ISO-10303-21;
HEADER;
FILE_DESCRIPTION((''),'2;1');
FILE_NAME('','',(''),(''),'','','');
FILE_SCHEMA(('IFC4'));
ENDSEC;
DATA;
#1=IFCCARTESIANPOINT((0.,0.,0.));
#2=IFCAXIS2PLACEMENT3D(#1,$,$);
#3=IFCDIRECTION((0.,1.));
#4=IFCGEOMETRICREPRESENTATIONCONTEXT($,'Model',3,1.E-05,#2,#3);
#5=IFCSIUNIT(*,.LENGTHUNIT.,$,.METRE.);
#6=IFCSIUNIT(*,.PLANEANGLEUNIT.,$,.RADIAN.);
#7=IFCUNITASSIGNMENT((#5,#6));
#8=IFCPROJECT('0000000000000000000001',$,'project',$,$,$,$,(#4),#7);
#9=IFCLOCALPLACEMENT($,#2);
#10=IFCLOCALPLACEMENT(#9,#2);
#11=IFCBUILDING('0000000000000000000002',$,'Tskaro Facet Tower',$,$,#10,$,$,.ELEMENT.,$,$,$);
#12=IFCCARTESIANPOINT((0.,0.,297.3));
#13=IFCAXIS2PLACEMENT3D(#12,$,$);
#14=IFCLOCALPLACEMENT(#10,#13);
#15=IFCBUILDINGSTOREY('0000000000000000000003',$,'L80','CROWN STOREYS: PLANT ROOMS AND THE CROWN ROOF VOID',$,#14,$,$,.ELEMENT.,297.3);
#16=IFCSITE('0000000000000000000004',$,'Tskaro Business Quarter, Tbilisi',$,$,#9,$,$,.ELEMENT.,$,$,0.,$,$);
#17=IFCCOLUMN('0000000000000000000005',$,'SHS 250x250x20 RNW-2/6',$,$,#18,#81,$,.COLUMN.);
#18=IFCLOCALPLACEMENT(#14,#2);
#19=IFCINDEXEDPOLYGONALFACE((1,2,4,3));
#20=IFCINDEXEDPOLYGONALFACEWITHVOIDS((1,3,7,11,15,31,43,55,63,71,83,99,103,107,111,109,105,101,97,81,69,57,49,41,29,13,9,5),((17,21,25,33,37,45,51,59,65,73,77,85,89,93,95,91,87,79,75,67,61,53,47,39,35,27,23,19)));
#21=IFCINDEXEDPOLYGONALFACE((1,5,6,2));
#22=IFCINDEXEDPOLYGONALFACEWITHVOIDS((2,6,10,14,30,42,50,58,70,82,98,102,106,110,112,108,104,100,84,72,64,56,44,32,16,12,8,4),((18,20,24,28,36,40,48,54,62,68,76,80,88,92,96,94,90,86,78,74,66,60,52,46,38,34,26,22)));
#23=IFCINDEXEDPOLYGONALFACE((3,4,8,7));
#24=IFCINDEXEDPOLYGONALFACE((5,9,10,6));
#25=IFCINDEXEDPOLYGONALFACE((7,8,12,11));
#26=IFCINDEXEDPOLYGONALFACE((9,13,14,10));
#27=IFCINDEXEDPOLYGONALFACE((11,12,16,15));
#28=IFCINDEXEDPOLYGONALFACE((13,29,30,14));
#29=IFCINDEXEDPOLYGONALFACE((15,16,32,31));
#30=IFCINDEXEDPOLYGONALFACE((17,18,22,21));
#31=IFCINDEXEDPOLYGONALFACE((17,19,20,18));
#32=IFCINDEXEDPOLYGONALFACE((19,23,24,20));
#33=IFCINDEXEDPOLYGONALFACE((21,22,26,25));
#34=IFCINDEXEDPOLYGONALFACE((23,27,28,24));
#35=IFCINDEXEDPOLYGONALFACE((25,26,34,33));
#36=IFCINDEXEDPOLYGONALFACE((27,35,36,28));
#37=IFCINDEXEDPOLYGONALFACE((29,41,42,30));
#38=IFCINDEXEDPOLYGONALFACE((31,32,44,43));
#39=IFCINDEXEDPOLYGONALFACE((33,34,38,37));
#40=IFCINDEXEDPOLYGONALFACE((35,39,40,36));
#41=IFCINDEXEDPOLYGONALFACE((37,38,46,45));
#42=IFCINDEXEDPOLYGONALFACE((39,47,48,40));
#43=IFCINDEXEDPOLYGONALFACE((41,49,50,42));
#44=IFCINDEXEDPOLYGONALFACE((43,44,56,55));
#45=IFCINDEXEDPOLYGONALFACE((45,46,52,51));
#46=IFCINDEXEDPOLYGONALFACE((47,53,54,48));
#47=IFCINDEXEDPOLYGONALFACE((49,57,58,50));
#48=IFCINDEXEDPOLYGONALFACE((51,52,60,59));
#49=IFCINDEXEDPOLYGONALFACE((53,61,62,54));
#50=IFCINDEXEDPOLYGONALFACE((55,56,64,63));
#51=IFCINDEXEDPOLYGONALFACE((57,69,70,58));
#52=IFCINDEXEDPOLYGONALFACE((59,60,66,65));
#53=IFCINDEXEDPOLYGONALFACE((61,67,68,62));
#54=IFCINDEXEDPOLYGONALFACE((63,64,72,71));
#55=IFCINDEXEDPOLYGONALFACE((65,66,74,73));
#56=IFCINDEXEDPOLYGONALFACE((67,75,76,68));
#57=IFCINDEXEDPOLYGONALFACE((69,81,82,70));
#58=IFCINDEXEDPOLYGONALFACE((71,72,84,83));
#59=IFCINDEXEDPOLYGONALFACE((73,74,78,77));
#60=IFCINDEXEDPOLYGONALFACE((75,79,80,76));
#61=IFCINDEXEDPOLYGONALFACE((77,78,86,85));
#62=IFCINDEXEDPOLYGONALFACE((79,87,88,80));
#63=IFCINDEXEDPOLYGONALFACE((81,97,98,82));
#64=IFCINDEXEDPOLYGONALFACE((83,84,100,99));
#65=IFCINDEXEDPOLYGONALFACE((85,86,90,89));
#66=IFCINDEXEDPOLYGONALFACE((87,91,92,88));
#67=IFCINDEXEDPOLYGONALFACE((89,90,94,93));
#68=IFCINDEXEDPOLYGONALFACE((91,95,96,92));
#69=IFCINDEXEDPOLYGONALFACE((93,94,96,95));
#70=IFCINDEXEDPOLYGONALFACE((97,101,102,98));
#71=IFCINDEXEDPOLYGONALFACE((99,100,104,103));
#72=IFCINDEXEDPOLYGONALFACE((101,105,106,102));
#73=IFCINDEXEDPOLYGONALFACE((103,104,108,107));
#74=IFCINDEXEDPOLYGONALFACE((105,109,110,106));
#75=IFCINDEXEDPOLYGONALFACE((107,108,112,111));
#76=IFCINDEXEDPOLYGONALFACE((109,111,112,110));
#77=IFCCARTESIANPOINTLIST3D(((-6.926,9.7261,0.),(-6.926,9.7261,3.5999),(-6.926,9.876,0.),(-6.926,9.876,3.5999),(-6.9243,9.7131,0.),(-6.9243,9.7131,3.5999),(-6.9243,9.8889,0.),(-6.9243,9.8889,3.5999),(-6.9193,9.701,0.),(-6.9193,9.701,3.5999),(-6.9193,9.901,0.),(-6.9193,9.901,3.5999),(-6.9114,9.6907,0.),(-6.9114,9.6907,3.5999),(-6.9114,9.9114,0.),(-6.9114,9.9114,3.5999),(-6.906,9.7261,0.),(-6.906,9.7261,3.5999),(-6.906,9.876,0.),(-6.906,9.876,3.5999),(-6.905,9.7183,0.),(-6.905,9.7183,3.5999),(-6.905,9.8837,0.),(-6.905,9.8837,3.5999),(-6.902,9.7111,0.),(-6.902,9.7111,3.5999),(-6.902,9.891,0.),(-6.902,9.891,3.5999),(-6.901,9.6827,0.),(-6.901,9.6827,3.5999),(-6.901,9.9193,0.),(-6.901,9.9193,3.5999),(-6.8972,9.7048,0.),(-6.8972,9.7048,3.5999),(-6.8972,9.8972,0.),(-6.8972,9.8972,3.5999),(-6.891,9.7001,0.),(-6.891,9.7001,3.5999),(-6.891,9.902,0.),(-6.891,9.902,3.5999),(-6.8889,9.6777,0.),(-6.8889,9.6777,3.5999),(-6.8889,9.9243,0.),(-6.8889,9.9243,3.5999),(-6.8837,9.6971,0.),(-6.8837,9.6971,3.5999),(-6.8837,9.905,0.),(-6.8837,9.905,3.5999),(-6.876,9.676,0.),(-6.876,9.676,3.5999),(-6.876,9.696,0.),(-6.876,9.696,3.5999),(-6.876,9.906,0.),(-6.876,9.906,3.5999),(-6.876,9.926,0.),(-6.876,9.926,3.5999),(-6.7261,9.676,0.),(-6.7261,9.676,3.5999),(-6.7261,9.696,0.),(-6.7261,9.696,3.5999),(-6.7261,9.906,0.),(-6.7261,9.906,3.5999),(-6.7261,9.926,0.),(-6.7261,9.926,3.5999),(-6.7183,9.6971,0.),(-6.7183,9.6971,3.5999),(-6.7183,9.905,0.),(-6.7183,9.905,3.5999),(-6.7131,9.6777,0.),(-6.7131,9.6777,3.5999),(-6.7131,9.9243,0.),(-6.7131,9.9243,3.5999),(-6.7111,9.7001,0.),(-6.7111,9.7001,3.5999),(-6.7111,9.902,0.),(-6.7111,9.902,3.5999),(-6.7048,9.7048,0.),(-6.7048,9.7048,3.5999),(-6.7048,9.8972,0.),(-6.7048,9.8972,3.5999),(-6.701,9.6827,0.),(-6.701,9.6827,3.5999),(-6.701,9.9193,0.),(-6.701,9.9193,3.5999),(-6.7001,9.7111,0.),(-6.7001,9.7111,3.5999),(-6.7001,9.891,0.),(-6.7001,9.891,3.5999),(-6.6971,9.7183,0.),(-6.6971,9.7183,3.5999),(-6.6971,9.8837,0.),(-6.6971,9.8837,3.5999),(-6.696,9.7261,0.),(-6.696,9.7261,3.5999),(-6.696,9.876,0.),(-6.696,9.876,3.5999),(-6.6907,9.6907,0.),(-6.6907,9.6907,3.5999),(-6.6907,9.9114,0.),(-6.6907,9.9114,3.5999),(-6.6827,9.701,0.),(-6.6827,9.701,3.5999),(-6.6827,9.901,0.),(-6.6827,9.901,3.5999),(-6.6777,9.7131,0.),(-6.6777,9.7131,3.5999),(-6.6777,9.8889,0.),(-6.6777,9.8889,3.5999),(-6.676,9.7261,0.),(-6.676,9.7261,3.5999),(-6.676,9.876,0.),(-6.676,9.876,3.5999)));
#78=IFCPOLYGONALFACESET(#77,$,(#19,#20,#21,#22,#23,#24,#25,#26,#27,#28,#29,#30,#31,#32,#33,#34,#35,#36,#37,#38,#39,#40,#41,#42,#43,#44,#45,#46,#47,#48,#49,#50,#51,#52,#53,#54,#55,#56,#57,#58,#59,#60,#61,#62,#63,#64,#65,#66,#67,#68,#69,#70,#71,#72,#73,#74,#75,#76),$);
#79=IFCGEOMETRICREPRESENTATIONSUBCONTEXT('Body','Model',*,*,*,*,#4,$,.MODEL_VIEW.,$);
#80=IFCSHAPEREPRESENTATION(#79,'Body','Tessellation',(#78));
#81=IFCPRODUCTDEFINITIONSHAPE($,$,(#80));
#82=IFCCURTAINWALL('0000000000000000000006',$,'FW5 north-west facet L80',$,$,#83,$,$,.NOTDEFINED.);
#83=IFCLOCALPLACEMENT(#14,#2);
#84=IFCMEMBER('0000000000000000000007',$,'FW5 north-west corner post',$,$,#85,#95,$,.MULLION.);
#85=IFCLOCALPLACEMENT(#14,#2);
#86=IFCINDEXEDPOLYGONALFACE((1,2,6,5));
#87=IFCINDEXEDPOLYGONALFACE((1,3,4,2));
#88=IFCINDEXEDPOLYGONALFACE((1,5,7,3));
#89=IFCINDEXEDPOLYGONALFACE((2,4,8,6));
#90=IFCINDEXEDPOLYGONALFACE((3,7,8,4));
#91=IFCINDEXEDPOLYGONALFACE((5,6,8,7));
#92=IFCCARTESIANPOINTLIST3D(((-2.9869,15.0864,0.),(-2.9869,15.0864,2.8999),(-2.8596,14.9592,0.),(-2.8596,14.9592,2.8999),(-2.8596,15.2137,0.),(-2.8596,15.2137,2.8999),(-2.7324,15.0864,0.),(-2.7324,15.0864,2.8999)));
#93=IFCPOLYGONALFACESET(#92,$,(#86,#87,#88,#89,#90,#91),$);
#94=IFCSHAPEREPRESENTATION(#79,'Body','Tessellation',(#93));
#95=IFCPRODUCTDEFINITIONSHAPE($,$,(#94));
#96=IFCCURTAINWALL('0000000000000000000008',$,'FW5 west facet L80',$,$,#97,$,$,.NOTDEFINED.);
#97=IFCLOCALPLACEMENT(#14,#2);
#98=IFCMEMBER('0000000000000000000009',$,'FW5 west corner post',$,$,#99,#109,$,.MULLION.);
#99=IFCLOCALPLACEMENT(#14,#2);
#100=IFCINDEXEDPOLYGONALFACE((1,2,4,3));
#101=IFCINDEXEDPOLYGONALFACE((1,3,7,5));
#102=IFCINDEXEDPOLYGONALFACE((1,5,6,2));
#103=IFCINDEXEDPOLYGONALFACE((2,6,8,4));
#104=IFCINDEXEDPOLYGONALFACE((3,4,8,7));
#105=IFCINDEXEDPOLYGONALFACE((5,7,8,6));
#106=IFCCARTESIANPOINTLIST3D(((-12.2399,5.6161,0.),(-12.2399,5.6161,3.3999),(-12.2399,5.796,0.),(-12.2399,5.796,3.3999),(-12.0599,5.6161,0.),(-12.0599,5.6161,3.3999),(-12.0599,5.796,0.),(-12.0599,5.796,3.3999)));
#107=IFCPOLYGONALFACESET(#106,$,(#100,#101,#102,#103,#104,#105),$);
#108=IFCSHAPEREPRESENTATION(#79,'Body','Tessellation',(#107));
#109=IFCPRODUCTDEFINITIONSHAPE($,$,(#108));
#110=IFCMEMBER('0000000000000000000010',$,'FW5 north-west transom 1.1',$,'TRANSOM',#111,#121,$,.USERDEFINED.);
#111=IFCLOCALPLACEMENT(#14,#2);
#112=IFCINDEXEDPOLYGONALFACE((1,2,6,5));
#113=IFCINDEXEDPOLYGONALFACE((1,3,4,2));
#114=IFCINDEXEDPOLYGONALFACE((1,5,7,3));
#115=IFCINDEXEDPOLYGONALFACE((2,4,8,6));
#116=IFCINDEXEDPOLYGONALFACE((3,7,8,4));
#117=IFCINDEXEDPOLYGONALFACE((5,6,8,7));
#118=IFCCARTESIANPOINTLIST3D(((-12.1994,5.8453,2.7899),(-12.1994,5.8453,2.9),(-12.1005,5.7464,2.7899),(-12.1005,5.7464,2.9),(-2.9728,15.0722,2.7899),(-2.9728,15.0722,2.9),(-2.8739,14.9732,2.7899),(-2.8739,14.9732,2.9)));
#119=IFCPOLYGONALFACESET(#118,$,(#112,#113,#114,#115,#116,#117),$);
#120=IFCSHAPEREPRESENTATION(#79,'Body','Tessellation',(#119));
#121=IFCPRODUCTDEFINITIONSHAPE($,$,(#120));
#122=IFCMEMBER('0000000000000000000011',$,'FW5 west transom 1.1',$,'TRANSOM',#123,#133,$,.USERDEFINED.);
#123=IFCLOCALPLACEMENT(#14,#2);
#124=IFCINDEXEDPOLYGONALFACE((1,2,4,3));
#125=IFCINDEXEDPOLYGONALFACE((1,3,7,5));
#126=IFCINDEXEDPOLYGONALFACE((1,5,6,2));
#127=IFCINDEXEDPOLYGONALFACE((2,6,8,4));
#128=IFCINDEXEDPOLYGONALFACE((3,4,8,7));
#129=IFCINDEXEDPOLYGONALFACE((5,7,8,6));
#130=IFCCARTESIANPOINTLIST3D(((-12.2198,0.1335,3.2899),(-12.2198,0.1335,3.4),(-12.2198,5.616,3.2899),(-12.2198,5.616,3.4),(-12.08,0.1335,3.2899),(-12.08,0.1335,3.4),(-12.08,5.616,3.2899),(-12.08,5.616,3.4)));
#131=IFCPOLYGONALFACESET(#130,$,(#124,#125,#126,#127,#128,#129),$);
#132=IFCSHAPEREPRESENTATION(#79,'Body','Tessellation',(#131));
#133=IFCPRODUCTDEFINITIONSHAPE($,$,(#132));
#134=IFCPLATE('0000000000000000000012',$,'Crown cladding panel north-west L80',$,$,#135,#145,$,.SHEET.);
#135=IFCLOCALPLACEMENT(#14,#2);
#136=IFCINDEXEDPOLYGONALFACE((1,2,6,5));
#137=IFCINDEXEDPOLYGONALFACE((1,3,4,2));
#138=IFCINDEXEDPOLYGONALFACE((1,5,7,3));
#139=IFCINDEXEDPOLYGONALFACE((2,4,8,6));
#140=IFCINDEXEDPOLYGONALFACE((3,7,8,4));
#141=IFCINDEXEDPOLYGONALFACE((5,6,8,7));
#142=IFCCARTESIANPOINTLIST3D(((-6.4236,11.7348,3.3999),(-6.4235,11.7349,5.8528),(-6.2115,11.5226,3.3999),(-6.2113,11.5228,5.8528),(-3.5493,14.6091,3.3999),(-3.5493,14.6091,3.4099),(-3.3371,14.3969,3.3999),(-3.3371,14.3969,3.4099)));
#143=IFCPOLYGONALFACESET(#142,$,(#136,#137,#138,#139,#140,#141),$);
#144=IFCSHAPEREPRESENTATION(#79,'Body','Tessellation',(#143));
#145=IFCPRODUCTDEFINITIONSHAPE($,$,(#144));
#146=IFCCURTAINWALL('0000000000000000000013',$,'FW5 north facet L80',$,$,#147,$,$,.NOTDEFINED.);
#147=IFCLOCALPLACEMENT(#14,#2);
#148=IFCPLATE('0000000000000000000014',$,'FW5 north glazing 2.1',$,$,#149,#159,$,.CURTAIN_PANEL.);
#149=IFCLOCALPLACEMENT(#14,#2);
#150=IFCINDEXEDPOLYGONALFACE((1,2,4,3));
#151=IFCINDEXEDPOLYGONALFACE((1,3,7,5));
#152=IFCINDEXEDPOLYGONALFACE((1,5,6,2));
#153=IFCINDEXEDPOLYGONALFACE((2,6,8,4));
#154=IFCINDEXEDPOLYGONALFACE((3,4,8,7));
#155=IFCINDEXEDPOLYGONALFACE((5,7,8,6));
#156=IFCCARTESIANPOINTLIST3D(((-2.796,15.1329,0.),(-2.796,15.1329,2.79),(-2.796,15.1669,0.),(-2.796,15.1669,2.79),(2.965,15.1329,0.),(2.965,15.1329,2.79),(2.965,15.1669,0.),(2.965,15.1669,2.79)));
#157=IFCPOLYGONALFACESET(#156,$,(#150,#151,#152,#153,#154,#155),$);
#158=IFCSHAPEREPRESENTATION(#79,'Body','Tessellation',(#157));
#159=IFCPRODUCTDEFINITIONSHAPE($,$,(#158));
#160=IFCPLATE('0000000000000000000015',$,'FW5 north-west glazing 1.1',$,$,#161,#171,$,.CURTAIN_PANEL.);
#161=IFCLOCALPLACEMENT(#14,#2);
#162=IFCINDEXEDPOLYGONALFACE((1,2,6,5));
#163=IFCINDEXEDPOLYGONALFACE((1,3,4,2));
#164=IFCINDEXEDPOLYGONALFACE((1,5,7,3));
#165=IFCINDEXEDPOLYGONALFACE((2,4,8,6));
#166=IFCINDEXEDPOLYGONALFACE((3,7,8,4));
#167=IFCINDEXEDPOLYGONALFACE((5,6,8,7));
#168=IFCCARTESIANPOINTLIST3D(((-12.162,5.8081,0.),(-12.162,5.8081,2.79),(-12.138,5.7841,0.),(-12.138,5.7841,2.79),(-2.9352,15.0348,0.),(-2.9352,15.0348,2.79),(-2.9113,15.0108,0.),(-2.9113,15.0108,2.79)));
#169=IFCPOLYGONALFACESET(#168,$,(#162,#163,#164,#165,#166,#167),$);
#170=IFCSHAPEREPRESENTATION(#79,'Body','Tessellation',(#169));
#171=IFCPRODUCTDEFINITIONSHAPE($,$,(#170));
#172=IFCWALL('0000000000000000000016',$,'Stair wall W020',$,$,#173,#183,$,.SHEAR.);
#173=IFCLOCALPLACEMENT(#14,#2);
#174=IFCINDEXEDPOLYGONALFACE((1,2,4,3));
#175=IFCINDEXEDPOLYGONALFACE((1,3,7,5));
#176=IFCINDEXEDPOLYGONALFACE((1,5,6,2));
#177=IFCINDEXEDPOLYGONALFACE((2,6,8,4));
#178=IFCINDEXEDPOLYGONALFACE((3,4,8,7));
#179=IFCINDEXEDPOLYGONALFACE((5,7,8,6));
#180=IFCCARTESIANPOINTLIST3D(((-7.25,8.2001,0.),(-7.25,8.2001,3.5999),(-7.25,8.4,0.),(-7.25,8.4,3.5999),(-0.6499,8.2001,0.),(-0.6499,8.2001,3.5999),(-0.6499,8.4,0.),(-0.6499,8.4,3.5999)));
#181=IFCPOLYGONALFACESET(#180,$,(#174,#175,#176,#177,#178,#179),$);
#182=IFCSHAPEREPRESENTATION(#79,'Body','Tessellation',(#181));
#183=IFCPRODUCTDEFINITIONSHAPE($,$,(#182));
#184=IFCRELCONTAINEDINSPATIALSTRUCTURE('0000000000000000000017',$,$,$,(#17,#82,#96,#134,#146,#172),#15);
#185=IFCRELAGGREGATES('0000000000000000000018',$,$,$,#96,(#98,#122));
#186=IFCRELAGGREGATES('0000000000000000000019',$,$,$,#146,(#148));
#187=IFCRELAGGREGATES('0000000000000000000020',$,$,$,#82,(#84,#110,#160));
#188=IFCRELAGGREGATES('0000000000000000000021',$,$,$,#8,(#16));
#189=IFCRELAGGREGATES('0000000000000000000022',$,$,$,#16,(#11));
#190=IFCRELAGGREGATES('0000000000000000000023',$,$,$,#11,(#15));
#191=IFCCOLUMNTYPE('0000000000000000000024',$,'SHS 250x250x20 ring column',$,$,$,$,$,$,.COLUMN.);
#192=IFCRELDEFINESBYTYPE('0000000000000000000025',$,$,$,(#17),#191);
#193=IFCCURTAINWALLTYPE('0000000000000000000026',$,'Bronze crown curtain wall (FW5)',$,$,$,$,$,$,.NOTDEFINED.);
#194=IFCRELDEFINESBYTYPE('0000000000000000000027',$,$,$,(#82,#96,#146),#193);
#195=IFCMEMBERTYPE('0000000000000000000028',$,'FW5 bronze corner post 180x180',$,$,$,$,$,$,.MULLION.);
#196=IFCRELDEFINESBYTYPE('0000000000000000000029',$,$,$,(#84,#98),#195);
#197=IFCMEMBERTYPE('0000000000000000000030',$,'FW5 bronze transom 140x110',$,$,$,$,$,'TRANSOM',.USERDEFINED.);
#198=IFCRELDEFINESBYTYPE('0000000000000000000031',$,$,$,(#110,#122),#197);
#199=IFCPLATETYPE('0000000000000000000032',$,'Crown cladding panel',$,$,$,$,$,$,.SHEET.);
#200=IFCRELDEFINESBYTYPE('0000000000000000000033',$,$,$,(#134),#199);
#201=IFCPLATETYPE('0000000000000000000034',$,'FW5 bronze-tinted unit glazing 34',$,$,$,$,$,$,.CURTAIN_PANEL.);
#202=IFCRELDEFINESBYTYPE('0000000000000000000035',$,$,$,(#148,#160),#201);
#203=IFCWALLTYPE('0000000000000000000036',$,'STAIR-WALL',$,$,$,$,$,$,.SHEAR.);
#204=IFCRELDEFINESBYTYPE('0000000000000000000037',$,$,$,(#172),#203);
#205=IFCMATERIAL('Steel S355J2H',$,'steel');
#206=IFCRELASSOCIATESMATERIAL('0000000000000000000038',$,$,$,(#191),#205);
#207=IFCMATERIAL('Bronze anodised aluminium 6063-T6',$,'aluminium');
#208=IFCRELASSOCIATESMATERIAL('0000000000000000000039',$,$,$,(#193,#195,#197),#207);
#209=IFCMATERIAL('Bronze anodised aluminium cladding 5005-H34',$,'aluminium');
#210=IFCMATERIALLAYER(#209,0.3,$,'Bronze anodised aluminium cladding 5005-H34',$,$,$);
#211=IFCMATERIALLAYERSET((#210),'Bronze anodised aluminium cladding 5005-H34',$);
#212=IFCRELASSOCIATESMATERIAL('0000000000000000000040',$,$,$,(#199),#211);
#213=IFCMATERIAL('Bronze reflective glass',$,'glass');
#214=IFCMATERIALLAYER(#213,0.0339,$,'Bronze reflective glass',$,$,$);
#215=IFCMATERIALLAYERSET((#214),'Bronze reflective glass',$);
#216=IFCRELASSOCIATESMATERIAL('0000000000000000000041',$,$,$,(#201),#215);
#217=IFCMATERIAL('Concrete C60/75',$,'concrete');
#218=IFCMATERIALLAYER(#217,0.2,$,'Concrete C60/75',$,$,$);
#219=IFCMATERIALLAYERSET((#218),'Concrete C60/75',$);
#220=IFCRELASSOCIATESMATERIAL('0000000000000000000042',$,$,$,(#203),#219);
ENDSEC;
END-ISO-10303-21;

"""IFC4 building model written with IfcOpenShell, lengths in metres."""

from ifc_helpers import new_model, si_unit, direction, frame, frame_2d, origin, origin_2d, place, context, subcontext, project, spatial, polyline, rectangle, hollow_rectangle, outline, extrude, material, layer, layer_set, material_profile, profile_set, type_object, element, aggregate, save


model = new_model("IFC4")

# Units and contexts
model_context = context("Model", 3, precision=1e-05, world=origin(), true_north=direction((0.0, 1.0)))
body_context = subcontext(model_context, "Body", "Model", "MODEL_VIEW")
ifc_project = project(units=[si_unit("LENGTHUNIT", "METRE"), si_unit("PLANEANGLEUNIT", "RADIAN")], contexts=[model_context])

# Site, building, storey
site_placement = place(None, origin())
site = spatial("IfcSite", under=ifc_project, at=site_placement, Name="Tskaro Business Quarter, Tbilisi", CompositionType="ELEMENT", RefElevation=0.0)
building_placement = place(site_placement, origin())
building = spatial("IfcBuilding", under=site, at=building_placement, Name="Tskaro Facet Tower", CompositionType="ELEMENT")
storey_placement = place(building_placement, frame((0.0, 0.0, 297.3)))
storey = spatial("IfcBuildingStorey", under=building, at=storey_placement, Name="L80", Description="CROWN STOREYS: PLANT ROOMS AND THE CROWN ROOF VOID", CompositionType="ELEMENT", Elevation=297.3)

# Column
ifc_material_1 = material(Name="Steel S355J2H", Category="steel")
ifc_material_profile_1 = material_profile(ifc_material_1, hollow_rectangle(XDim=0.25, YDim=0.25, WallThickness=0.02, InnerFilletRadius=0.03, OuterFilletRadius=0.05, at=origin_2d()), Name="SHS 250x250x20")
ifc_profile_set_1 = profile_set([ifc_material_profile_1], Name="Steel S355J2H")
column_type_1 = type_object("IfcColumnType", Name="SHS 250x250x20 ring column", PredefinedType="COLUMN", material=ifc_profile_set_1)
column_1_placement = place(storey_placement, frame((-6.801, 9.801, 0.0), z_axis=(0.0, 0.0, 1.0), x_axis=(1.0, 0.0, 0.0)))
element("IfcColumn", 1, at=column_1_placement, inside=storey, type_object=column_type_1, Name="SHS 250x250x20 RNW-2/6", PredefinedType="COLUMN", context=body_context, shape_type="SweptSolid", body=[
    extrude(hollow_rectangle(XDim=0.25, YDim=0.25, WallThickness=0.02, InnerFilletRadius=0.03, OuterFilletRadius=0.05, at=origin_2d()), origin(), (0.0, 0.0, 1.0), 3.5999),
])

# Curtain walls, members
ifc_material_2 = material(Name="Bronze anodised aluminium 6063-T6", Category="aluminium")
curtain_wall_type = type_object("IfcCurtainWallType", Name="Bronze crown curtain wall (FW5)", PredefinedType="NOTDEFINED", material=ifc_material_2)
curtain_wall_1_placement = place(storey_placement, origin())
curtain_wall_1 = element("IfcCurtainWall", 2, at=curtain_wall_1_placement, inside=storey, type_object=curtain_wall_type, Name="FW5 north-west facet L80", PredefinedType="NOTDEFINED")
ifc_material_profile_2 = material_profile(ifc_material_2, rectangle(XDim=0.1799, YDim=0.1799, at=origin_2d()), Name="Corner post 180x180")
ifc_profile_set_2 = profile_set([ifc_material_profile_2], Name="Bronze anodised aluminium 6063-T6")
member_type_1 = type_object("IfcMemberType", Name="FW5 bronze corner post 180x180", PredefinedType="MULLION", material=ifc_profile_set_2)
member_1_placement = place(storey_placement, frame((-2.8596, 15.0864, 0.0), z_axis=(0.0, 0.0, 1.0), x_axis=(-0.707107, -0.707107, 0.0)))
member_1 = element("IfcMember", 3, at=member_1_placement, type_object=member_type_1, Name="FW5 north-west corner post", PredefinedType="MULLION", context=body_context, shape_type="SweptSolid", body=[
    extrude(rectangle(XDim=0.1799, YDim=0.1799, at=origin_2d()), origin(), (0.0, 0.0, 1.0), 2.8999),
])
curtain_wall_2_placement = place(storey_placement, origin())
curtain_wall_2 = element("IfcCurtainWall", 4, at=curtain_wall_2_placement, inside=storey, type_object=curtain_wall_type, Name="FW5 west facet L80", PredefinedType="NOTDEFINED")
member_2_placement = place(storey_placement, frame((-12.1499, 5.7061, 0.0), z_axis=(0.0, 0.0, 1.0), x_axis=(0.0, -1.0, 0.0)))
member_2 = element("IfcMember", 5, at=member_2_placement, type_object=member_type_1, Name="FW5 west corner post", PredefinedType="MULLION", context=body_context, shape_type="SweptSolid", body=[
    extrude(rectangle(XDim=0.1799, YDim=0.1799, at=origin_2d()), origin(), (0.0, 0.0, 1.0), 3.3999),
])

# Members
ifc_material_profile_3 = material_profile(ifc_material_2, rectangle(XDim=0.1399, YDim=0.1101, at=origin_2d()), Name="Transom 140x110")
ifc_profile_set_3 = profile_set([ifc_material_profile_3], Name="Bronze anodised aluminium 6063-T6")
member_type_2 = type_object("IfcMemberType", Name="FW5 bronze transom 140x110", ElementType="TRANSOM", PredefinedType="USERDEFINED", material=ifc_profile_set_3)
member_3_placement = place(storey_placement, frame((-2.9233, 15.0227, 2.845), z_axis=(-0.707097, -0.707116, 0.0), x_axis=(0.707116, -0.707097, 0.0)))
member_3 = element("IfcMember", 6, at=member_3_placement, type_object=member_type_2, Name="FW5 north-west transom 1.1", ObjectType="TRANSOM", PredefinedType="USERDEFINED", context=body_context, shape_type="SweptSolid", body=[
    extrude(rectangle(XDim=0.1399, YDim=0.1101, at=origin_2d()), origin(), (0.0, 0.0, 1.0), 13.0486),
])
member_4_placement = place(storey_placement, frame((-12.1499, 5.616, 3.345), z_axis=(0.0, -1.0, 0.0), x_axis=(1.0, 0.0, 0.0)))
member_4 = element("IfcMember", 7, at=member_4_placement, type_object=member_type_2, Name="FW5 west transom 1.1", ObjectType="TRANSOM", PredefinedType="USERDEFINED", context=body_context, shape_type="SweptSolid", body=[
    extrude(rectangle(XDim=0.1399, YDim=0.1101, at=origin_2d()), origin(), (0.0, 0.0, 1.0), 5.4824),
])
aggregate(curtain_wall_2, [member_2, member_4])

# Plate
ifc_material_3 = material(Name="Bronze anodised aluminium cladding 5005-H34", Category="aluminium")
ifc_layer_1 = layer(ifc_material_3, 0.3, Name="Bronze anodised aluminium cladding 5005-H34")
ifc_layer_set_1 = layer_set([ifc_layer_1], Name="Bronze anodised aluminium cladding 5005-H34")
plate_type_1 = type_object("IfcPlateType", Name="Crown cladding panel", PredefinedType="SHEET", material=ifc_layer_set_1)
plate_1_placement = place(storey_placement, frame((-3.4431, 14.5029, 3.3999), z_axis=(0.0, 0.0, 1.0), x_axis=(-0.707107, -0.707107, 0.0)))
element("IfcPlate", 8, at=plate_1_placement, inside=storey, type_object=plate_type_1, Name="Crown cladding panel north-west L80", PredefinedType="SHEET", context=body_context, shape_type="SweptSolid", body=[
    extrude(outline(polyline([(0.0, 0.0), (4.0649, 0.0), (4.0647, 2.4529), (0.0, 0.01), (0.0, 0.0)])), frame((0.0, 0.1499, 0.0), z_axis=(0.0, -1.0, 0.0), x_axis=(1.0, 0.0, 0.0)), (0.0, 0.0, 1.0), 0.3),
])

# Curtain wall, plate
curtain_wall_3_placement = place(storey_placement, origin())
curtain_wall_3 = element("IfcCurtainWall", 9, at=curtain_wall_3_placement, inside=storey, type_object=curtain_wall_type, Name="FW5 north facet L80", PredefinedType="NOTDEFINED")
ifc_material_4 = material(Name="Bronze reflective glass", Category="glass")
ifc_layer_2 = layer(ifc_material_4, 0.0339, Name="Bronze reflective glass")
ifc_layer_set_2 = layer_set([ifc_layer_2], Name="Bronze reflective glass")
plate_type_2 = type_object("IfcPlateType", Name="FW5 bronze-tinted unit glazing 34", PredefinedType="CURTAIN_PANEL", material=ifc_layer_set_2)
plate_2_placement = place(storey_placement, frame((0.0845, 15.1499, 0.0), z_axis=(0.0, 0.0, 1.0), x_axis=(-1.0, 0.0, 0.0)))
plate_2 = element("IfcPlate", 10, at=plate_2_placement, type_object=plate_type_2, Name="FW5 north glazing 2.1", PredefinedType="CURTAIN_PANEL", context=body_context, shape_type="SweptSolid", body=[
    extrude(rectangle(XDim=5.761, YDim=0.0339, at=origin_2d()), origin(), (0.0, 0.0, 1.0), 2.79),
])
aggregate(curtain_wall_3, [plate_2])

# Plate
plate_3_placement = place(storey_placement, frame((-7.5366, 10.4094, 0.0), z_axis=(0.0, 0.0, 1.0), x_axis=(-0.707107, -0.707107, 0.0)))
plate_3 = element("IfcPlate", 11, at=plate_3_placement, type_object=plate_type_2, Name="FW5 north-west glazing 1.1", PredefinedType="CURTAIN_PANEL", context=body_context, shape_type="SweptSolid", body=[
    extrude(rectangle(XDim=13.0486, YDim=0.0339, at=origin_2d()), origin(), (0.0, 0.0, 1.0), 2.79),
])
aggregate(curtain_wall_1, [member_1, member_3, plate_3])

# Wall
ifc_material_5 = material(Name="Concrete C60/75", Category="concrete")
ifc_layer_3 = layer(ifc_material_5, 0.2, Name="Concrete C60/75")
ifc_layer_set_3 = layer_set([ifc_layer_3], Name="Concrete C60/75")
wall_type_1 = type_object("IfcWallType", Name="STAIR-WALL", PredefinedType="SHEAR", material=ifc_layer_set_3)
wall_1_placement = place(storey_placement, frame((-7.25, 8.3, 0.0), z_axis=(0.0, 0.0, 1.0), x_axis=(1.0, 0.0, 0.0)))
element("IfcWall", 12, at=wall_1_placement, inside=storey, type_object=wall_type_1, Name="Stair wall W020", PredefinedType="SHEAR", context=body_context, shape_type="SweptSolid", body=[
    extrude(rectangle(XDim=6.6001, YDim=0.2, at=frame_2d((3.3, 0.0))), origin(), (0.0, 0.0, 1.0), 3.5999),
])

save(model, "model.ifc")
